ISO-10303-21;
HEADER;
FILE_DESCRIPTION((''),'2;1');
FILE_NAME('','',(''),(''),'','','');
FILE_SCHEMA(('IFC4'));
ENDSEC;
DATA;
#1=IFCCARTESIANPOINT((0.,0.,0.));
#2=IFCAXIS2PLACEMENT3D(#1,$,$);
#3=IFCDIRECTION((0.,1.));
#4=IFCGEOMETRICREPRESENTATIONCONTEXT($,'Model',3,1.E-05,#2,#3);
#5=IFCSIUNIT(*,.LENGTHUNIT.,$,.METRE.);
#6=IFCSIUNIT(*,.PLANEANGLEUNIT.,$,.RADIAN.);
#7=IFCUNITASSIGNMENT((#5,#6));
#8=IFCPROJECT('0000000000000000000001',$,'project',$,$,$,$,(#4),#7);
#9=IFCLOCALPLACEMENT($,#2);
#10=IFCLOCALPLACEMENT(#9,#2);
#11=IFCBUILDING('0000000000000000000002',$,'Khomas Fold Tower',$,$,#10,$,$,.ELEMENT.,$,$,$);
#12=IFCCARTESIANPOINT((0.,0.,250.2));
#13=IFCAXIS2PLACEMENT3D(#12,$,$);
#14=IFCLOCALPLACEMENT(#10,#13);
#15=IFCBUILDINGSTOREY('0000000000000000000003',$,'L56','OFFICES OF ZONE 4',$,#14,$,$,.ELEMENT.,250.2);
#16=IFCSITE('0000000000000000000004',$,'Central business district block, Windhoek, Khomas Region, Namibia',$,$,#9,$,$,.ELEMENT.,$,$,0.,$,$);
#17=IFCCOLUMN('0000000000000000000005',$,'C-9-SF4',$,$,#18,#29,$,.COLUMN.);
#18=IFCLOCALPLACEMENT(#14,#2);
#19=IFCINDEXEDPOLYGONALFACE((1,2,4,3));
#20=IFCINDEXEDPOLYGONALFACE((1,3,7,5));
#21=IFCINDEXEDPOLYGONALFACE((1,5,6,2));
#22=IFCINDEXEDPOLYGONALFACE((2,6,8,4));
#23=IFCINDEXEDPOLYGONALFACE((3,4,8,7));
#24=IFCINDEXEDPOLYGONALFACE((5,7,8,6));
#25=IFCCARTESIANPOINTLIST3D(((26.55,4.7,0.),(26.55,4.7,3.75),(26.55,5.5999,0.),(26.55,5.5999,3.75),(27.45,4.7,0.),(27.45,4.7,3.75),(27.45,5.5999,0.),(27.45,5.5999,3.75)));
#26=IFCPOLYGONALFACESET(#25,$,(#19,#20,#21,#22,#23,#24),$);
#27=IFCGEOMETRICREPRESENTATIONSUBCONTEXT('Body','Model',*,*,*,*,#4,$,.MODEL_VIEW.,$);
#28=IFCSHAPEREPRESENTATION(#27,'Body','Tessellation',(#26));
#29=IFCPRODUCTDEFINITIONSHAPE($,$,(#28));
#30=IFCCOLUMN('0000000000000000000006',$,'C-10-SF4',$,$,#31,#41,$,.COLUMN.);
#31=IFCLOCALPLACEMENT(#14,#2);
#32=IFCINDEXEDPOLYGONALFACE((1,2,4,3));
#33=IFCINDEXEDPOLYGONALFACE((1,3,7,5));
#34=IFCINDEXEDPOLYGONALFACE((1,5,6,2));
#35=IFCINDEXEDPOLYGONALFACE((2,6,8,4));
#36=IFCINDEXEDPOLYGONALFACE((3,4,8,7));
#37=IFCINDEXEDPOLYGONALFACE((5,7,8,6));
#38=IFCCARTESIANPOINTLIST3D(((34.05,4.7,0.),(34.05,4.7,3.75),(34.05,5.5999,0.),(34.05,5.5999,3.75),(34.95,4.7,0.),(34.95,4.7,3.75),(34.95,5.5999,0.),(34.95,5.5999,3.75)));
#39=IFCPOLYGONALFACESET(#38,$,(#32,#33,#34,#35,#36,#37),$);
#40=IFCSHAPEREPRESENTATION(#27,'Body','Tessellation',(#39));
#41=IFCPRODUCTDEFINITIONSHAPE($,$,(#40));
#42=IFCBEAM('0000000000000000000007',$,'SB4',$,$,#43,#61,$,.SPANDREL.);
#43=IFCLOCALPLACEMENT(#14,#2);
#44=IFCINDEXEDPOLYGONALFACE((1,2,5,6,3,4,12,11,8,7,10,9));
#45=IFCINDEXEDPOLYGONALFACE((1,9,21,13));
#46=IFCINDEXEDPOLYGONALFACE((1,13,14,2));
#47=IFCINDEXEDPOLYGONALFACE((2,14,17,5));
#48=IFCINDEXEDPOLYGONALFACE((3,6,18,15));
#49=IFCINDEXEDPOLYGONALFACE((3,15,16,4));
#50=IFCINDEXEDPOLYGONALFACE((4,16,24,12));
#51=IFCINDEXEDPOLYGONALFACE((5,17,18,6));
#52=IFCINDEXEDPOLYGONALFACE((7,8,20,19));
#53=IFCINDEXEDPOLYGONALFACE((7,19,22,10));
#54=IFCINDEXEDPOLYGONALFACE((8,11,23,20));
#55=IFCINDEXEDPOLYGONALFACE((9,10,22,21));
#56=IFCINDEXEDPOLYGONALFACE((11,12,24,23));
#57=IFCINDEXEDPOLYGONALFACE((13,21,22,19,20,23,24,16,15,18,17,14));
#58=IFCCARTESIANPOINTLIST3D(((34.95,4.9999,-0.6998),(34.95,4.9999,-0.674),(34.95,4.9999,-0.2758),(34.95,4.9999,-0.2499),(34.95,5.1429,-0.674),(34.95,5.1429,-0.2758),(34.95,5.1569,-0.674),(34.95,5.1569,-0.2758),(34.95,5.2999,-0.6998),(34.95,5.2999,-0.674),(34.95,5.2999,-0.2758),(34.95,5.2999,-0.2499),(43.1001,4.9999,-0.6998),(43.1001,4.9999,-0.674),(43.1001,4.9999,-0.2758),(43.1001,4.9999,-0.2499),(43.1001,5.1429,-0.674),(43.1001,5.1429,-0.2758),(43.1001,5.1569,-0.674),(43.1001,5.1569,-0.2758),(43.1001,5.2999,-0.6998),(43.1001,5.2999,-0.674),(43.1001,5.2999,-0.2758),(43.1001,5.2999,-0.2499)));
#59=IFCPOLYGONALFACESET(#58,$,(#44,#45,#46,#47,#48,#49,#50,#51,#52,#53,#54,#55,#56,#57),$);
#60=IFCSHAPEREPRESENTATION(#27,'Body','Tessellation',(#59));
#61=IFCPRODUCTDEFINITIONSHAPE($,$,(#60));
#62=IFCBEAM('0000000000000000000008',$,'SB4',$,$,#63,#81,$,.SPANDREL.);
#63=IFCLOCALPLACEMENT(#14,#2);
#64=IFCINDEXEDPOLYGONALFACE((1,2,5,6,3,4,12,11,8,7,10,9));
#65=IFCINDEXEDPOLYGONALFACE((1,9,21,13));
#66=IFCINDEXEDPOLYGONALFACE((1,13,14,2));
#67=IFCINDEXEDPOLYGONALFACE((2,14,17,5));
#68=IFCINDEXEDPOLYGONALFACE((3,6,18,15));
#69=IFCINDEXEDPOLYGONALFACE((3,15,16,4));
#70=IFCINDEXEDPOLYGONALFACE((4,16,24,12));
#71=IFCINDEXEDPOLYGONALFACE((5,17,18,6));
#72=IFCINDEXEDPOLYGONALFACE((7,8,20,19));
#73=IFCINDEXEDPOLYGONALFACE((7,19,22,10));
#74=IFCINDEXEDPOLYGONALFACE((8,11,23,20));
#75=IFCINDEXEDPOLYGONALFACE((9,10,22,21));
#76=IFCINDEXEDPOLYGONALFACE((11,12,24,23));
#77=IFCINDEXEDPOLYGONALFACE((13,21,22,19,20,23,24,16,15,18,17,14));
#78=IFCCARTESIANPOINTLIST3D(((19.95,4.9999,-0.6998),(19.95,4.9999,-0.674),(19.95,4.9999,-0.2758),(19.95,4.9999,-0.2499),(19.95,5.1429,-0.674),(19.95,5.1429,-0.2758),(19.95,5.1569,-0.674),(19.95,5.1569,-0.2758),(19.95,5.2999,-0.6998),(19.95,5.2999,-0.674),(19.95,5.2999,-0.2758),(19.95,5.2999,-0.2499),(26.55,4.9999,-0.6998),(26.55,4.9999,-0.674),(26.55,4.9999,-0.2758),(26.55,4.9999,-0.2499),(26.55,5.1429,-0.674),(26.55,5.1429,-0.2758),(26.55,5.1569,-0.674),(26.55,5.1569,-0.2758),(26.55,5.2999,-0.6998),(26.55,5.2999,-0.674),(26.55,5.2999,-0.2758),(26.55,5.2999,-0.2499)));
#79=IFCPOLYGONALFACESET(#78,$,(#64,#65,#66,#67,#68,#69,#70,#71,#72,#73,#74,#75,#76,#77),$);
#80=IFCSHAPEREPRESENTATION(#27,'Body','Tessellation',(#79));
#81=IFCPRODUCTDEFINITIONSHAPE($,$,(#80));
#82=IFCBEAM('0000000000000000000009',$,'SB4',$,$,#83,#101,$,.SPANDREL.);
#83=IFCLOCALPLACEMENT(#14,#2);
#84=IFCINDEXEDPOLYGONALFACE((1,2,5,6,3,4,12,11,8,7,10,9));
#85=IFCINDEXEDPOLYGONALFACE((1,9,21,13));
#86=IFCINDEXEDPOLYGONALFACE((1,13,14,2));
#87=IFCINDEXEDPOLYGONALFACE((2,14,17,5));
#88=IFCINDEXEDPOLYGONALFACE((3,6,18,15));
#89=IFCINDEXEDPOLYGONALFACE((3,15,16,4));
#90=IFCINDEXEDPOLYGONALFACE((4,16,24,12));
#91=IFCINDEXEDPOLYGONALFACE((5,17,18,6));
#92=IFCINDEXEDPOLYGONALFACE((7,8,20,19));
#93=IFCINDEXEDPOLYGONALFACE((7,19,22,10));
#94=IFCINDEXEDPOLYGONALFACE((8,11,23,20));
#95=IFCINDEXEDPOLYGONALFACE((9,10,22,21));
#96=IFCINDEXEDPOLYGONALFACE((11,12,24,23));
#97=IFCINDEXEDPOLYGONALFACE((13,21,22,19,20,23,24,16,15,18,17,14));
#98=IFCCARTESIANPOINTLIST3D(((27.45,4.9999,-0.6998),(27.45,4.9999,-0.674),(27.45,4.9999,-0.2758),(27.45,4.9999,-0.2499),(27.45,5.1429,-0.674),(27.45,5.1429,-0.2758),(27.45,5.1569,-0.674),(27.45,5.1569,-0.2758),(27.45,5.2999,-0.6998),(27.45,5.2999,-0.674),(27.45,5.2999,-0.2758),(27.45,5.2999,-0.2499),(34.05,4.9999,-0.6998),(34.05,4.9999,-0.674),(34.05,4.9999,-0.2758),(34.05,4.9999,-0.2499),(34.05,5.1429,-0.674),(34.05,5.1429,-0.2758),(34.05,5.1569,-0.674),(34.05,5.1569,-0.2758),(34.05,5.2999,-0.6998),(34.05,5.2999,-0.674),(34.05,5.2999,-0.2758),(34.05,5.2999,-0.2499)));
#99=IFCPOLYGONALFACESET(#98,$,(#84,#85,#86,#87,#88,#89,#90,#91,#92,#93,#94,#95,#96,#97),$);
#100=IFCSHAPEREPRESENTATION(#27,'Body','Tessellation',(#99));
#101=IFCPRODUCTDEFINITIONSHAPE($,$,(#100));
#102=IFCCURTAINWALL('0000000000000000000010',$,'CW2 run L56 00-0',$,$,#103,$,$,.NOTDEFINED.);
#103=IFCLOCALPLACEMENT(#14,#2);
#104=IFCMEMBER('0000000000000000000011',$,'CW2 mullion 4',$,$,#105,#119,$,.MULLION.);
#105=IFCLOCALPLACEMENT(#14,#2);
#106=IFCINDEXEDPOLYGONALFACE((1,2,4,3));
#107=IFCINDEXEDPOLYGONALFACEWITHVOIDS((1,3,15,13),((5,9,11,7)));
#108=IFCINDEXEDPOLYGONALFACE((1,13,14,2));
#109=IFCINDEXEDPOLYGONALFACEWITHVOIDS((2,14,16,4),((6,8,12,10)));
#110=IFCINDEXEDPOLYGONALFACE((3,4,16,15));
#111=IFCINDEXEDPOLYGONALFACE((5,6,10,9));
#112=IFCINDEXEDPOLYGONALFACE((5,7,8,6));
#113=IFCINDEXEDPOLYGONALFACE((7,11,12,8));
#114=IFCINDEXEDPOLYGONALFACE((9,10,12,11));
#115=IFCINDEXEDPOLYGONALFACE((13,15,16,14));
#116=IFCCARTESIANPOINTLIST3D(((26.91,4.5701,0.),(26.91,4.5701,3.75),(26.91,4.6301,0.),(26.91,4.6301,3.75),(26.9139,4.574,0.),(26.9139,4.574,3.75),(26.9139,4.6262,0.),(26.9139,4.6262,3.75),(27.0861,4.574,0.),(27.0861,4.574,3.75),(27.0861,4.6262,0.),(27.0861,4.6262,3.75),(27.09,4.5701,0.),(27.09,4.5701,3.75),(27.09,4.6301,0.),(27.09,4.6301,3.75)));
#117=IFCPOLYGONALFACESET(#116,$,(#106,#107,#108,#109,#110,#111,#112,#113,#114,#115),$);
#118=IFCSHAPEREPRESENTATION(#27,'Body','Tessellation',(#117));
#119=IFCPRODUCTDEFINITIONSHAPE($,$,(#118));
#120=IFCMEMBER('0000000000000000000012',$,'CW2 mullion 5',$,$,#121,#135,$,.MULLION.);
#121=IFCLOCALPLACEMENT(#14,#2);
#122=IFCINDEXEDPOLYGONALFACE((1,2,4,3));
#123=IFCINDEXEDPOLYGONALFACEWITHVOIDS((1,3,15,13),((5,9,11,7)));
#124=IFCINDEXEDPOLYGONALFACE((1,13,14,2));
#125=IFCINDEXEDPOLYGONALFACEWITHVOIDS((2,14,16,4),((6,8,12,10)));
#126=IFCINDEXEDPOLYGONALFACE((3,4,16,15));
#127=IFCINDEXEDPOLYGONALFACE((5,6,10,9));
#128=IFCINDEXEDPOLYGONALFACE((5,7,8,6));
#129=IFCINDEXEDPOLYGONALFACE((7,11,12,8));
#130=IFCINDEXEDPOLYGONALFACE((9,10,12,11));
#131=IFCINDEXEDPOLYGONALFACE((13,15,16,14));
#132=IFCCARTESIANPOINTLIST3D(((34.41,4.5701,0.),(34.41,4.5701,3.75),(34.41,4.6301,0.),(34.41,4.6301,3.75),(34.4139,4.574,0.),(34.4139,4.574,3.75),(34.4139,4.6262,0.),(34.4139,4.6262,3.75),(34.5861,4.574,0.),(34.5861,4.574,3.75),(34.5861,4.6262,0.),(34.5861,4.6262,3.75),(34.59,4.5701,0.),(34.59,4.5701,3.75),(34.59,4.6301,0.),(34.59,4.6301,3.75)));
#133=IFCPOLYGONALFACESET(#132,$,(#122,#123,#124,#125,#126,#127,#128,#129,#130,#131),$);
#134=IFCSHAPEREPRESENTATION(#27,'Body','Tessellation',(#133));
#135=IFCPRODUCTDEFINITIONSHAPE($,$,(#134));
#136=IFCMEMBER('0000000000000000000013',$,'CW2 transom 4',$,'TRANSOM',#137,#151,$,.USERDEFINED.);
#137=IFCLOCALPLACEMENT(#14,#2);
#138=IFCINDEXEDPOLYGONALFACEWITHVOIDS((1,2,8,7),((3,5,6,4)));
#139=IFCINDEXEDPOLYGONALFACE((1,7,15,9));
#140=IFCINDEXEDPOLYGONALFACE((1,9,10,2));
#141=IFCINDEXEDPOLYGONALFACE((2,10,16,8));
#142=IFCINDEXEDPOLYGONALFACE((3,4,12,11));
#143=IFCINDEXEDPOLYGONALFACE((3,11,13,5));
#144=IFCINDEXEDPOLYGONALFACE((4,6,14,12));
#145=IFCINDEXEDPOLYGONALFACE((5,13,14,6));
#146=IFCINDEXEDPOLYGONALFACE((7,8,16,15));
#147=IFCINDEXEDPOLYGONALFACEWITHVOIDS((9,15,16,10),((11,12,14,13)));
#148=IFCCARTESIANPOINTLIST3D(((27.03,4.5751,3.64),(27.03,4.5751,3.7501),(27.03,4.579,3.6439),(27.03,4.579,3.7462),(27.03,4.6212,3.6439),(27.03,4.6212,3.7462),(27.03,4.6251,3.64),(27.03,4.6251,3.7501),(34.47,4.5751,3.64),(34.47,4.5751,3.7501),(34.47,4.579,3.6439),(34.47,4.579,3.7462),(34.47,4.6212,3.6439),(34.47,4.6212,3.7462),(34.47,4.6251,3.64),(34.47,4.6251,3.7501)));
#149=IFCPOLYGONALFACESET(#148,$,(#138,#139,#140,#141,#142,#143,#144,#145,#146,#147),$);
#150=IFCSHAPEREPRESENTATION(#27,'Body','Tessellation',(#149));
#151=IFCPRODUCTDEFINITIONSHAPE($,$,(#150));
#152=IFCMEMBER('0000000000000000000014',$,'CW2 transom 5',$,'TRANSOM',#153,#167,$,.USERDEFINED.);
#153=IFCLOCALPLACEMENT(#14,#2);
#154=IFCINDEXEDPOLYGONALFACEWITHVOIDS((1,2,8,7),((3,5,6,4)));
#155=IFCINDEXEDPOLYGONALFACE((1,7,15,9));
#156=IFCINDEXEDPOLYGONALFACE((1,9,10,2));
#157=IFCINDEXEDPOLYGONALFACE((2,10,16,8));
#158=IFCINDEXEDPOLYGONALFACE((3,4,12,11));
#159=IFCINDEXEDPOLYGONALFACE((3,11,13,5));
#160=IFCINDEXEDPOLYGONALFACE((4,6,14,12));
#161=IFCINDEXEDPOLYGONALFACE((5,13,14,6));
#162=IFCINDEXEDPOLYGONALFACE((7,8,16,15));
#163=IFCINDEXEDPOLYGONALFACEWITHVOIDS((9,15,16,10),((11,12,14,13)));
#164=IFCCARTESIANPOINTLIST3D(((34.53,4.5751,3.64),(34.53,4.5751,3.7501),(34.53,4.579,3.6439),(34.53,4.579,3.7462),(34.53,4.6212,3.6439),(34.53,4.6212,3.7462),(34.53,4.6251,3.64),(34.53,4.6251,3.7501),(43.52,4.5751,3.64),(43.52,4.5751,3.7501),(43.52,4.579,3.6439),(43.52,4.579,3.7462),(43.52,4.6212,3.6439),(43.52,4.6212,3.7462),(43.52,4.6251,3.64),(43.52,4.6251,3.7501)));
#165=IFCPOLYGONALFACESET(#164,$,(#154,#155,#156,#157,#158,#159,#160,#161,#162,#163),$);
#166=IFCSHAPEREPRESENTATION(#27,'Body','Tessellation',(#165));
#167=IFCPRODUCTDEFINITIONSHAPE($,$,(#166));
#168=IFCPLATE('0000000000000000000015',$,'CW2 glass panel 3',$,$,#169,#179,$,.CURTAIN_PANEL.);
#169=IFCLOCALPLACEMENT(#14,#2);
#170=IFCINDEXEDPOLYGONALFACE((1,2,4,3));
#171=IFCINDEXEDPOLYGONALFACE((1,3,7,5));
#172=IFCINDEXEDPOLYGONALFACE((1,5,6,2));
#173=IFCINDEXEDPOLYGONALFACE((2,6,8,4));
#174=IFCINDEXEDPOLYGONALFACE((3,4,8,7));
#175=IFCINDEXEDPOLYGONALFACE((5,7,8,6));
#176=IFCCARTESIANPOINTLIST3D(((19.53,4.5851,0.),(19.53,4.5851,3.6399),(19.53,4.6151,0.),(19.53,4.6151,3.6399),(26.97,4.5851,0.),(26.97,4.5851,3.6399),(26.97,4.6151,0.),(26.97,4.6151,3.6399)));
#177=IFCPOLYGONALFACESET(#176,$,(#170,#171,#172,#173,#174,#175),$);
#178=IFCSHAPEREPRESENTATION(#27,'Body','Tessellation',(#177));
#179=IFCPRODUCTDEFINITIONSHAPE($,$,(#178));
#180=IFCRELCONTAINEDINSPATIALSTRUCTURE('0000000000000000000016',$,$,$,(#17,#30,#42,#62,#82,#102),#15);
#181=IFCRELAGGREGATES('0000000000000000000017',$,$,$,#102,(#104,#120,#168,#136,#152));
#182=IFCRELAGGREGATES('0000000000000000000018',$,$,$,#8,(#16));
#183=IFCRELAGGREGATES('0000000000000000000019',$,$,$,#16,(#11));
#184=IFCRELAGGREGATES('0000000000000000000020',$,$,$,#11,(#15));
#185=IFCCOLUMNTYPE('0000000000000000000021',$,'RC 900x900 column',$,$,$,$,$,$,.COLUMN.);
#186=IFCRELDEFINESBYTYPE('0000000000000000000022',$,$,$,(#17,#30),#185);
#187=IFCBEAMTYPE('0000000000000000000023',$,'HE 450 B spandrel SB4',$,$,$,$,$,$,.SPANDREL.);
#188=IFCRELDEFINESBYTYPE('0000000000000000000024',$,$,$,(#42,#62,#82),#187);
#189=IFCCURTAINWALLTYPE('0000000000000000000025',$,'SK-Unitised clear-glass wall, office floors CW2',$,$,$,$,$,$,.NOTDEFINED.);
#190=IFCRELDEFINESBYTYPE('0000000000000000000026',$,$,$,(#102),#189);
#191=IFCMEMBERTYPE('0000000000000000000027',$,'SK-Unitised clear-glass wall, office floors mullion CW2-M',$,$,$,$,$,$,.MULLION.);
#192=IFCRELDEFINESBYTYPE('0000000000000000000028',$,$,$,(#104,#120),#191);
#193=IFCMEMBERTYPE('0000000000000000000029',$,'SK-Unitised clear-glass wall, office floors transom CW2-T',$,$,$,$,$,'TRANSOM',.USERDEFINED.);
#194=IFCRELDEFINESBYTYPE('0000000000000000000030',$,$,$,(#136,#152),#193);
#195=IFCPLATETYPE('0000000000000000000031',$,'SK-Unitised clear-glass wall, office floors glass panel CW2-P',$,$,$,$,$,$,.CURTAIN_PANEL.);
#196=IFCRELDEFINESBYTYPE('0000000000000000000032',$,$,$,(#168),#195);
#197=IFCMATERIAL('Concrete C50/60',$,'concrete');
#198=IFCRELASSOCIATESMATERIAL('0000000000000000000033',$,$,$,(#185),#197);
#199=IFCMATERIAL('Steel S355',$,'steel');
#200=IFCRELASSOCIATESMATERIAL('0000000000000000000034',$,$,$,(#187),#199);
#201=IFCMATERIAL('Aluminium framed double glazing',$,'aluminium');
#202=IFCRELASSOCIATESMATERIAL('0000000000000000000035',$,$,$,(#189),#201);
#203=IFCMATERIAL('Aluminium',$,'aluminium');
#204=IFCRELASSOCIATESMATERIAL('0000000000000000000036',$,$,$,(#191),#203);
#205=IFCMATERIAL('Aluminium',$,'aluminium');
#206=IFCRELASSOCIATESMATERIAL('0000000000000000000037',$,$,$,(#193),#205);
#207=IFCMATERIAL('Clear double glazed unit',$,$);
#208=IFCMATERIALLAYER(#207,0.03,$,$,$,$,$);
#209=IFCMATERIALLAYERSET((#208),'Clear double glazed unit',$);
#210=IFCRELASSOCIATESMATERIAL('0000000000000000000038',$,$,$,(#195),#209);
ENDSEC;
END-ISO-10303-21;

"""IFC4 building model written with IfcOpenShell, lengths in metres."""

from ifc_helpers import new_model, si_unit, direction, frame, origin, origin_2d, place, context, subcontext, project, spatial, rectangle, hollow_rectangle, i_section, extrude, source, transform, mapped, material, layer, layer_set, material_profile, profile_set, type_object, element, aggregate, save


model = new_model("IFC4")

# Units and contexts
model_context = context("Model", 3, precision=1e-05, world=origin(), true_north=direction((0.0, 1.0)))
body_context = subcontext(model_context, "Body", "Model", "MODEL_VIEW")
ifc_project = project(units=[si_unit("LENGTHUNIT", "METRE"), si_unit("PLANEANGLEUNIT", "RADIAN")], contexts=[model_context])

# Site, building, storey
site_placement = place(None, origin())
site = spatial("IfcSite", under=ifc_project, at=site_placement, Name="Central business district block, Windhoek, Khomas Region, Namibia", CompositionType="ELEMENT", RefElevation=0.0)
building_placement = place(site_placement, origin())
building = spatial("IfcBuilding", under=site, at=building_placement, Name="Khomas Fold Tower", CompositionType="ELEMENT")
storey_placement = place(building_placement, frame((0.0, 0.0, 250.2)))
storey = spatial("IfcBuildingStorey", under=building, at=storey_placement, Name="L56", Description="OFFICES OF ZONE 4", CompositionType="ELEMENT", Elevation=250.2)

# Columns
ifc_material_1 = material(Name="Concrete C50/60", Category="concrete")
ifc_material_profile_1 = material_profile(ifc_material_1, rectangle(XDim=0.8999, YDim=0.8999, at=origin_2d()), Name="RC 900x900")
ifc_profile_set_1 = profile_set([ifc_material_profile_1], Name="Concrete C50/60")
column_type = type_object("IfcColumnType", Name="RC 900x900 column", PredefinedType="COLUMN", material=ifc_profile_set_1)
shared_shape_1 = source(origin(), body_context, "Body", "SweptSolid", [
    extrude(rectangle(XDim=0.8999, YDim=0.8999, at=origin_2d()), origin(), (0.0, 0.0, 1.0), 3.75),
])
for number, where, z_axis, x_axis, name in (
    (1, (27.0, 5.1499, 0.0), (0.0, 0.0, 1.0), (1.0, 0.0, 0.0), "C-9-SF4"),
    (2, (34.5, 5.1499, 0.0), (0.0, 0.0, 1.0), (1.0, 0.0, 0.0), "C-10-SF4"),
):
    element("IfcColumn", number, at=place(storey_placement, frame(where, z_axis=z_axis, x_axis=x_axis)), inside=storey, type_object=column_type, Name=name, PredefinedType="COLUMN", context=body_context, shape_type="MappedRepresentation", body=[
        mapped(shared_shape_1, transform((0.0, 0.0, 0.0))),
    ])

# Beams
ifc_material_2 = material(Name="Steel S355", Category="steel")
ifc_material_profile_2 = material_profile(ifc_material_2, i_section(OverallWidth=0.3, OverallDepth=0.45, WebThickness=0.0139, FlangeThickness=0.0259, at=origin_2d()), Name="HE 450 B")
ifc_profile_set_2 = profile_set([ifc_material_profile_2], Name="Steel S355")
beam_type = type_object("IfcBeamType", Name="HE 450 B spandrel SB4", PredefinedType="SPANDREL", material=ifc_profile_set_2)
shared_shape_2 = source(origin(), body_context, "Body", "SweptSolid", [
    extrude(i_section(OverallWidth=0.3, OverallDepth=0.45, WebThickness=0.0139, FlangeThickness=0.0259, at=origin_2d()), origin(), (0.0, 0.0, 1.0), 8.1501),
])
beam_placement = place(storey_placement, frame((34.95, 5.1499, -0.4749), z_axis=(1.0, 0.0, 0.0), x_axis=(0.0, 1.0, 0.0)))
element("IfcBeam", 3, at=beam_placement, inside=storey, type_object=beam_type, Name="SB4", PredefinedType="SPANDREL", context=body_context, shape_type="MappedRepresentation", body=[
    mapped(shared_shape_2, transform((0.0, 0.0, 0.0))),
])
shared_shape_3 = source(origin(), body_context, "Body", "SweptSolid", [
    extrude(i_section(OverallWidth=0.3, OverallDepth=0.45, WebThickness=0.0139, FlangeThickness=0.0259, at=origin_2d()), origin(), (0.0, 0.0, 1.0), 6.6001),
])
for number, where, z_axis, x_axis, name in (
    (4, (19.95, 5.1499, -0.4749), (1.0, 0.0, 0.0), (0.0, 1.0, 0.0), "SB4"),
    (5, (27.45, 5.1499, -0.4749), (1.0, 0.0, 0.0), (0.0, 1.0, 0.0), "SB4"),
):
    element("IfcBeam", number, at=place(storey_placement, frame(where, z_axis=z_axis, x_axis=x_axis)), inside=storey, type_object=beam_type, Name=name, PredefinedType="SPANDREL", context=body_context, shape_type="MappedRepresentation", body=[
        mapped(shared_shape_3, transform((0.0, 0.0, 0.0))),
    ])

# Curtain wall, members, plate
ifc_material_3 = material(Name="Aluminium framed double glazing", Category="aluminium")
curtain_wall_type = type_object("IfcCurtainWallType", Name="SK-Unitised clear-glass wall, office floors CW2", PredefinedType="NOTDEFINED", material=ifc_material_3)
curtain_wall_placement = place(storey_placement, origin())
curtain_wall = element("IfcCurtainWall", 6, at=curtain_wall_placement, inside=storey, type_object=curtain_wall_type, Name="CW2 run L56 00-0", PredefinedType="NOTDEFINED")
ifc_material_4 = material(Name="Aluminium", Category="aluminium")
ifc_material_profile_3 = material_profile(ifc_material_4, hollow_rectangle(XDim=0.0601, YDim=0.1799, WallThickness=0.0039, at=origin_2d()), Name="SK-Unitised clear-glass wall, office floors mullion CW2-M")
ifc_profile_set_3 = profile_set([ifc_material_profile_3], Name="Aluminium")
member_type_1 = type_object("IfcMemberType", Name="SK-Unitised clear-glass wall, office floors mullion CW2-M", PredefinedType="MULLION", material=ifc_profile_set_3)
shared_shape_4 = source(origin(), body_context, "Body", "SweptSolid", [
    extrude(hollow_rectangle(XDim=0.0601, YDim=0.1799, WallThickness=0.0039, at=origin_2d()), origin(), (0.0, 0.0, 1.0), 3.75),
])
member_1_placement = place(storey_placement, frame((27.0, 4.6001, 0.0), z_axis=(0.0, 0.0, 1.0), x_axis=(0.0, 1.0, 0.0)))
member_1 = element("IfcMember", 7, at=member_1_placement, type_object=member_type_1, Name="CW2 mullion 4", PredefinedType="MULLION", context=body_context, shape_type="MappedRepresentation", body=[
    mapped(shared_shape_4, transform((0.0, 0.0, 0.0))),
])
member_2_placement = place(storey_placement, frame((34.5, 4.6001, 0.0), z_axis=(0.0, 0.0, 1.0), x_axis=(0.0, 1.0, 0.0)))
member_2 = element("IfcMember", 8, at=member_2_placement, type_object=member_type_1, Name="CW2 mullion 5", PredefinedType="MULLION", context=body_context, shape_type="MappedRepresentation", body=[
    mapped(shared_shape_4, transform((0.0, 0.0, 0.0))),
])
ifc_material_5 = material(Name="Aluminium", Category="aluminium")
ifc_material_profile_4 = material_profile(ifc_material_5, hollow_rectangle(XDim=0.05, YDim=0.1101, WallThickness=0.0039, at=origin_2d()), Name="SK-Unitised clear-glass wall, office floors transom CW2-T")
ifc_profile_set_4 = profile_set([ifc_material_profile_4], Name="Aluminium")
member_type_2 = type_object("IfcMemberType", Name="SK-Unitised clear-glass wall, office floors transom CW2-T", ElementType="TRANSOM", PredefinedType="USERDEFINED", material=ifc_profile_set_4)
shared_shape_5 = source(origin(), body_context, "Body", "SweptSolid", [
    extrude(hollow_rectangle(XDim=0.05, YDim=0.1101, WallThickness=0.0039, at=origin_2d()), origin(), (0.0, 0.0, 1.0), 7.4399),
])
member_3_placement = place(storey_placement, frame((27.03, 4.6001, 3.6951), z_axis=(1.0, 0.0, 0.0), x_axis=(0.0, 1.0, 0.0)))
member_3 = element("IfcMember", 9, at=member_3_placement, type_object=member_type_2, Name="CW2 transom 4", ObjectType="TRANSOM", PredefinedType="USERDEFINED", context=body_context, shape_type="MappedRepresentation", body=[
    mapped(shared_shape_5, transform((0.0, 0.0, 0.0))),
])
shared_shape_6 = source(origin(), body_context, "Body", "SweptSolid", [
    extrude(hollow_rectangle(XDim=0.05, YDim=0.1101, WallThickness=0.0039, at=origin_2d()), origin(), (0.0, 0.0, 1.0), 8.99),
])
member_4_placement = place(storey_placement, frame((34.53, 4.6001, 3.6951), z_axis=(1.0, 0.0, 0.0), x_axis=(0.0, 1.0, 0.0)))
member_4 = element("IfcMember", 10, at=member_4_placement, type_object=member_type_2, Name="CW2 transom 5", ObjectType="TRANSOM", PredefinedType="USERDEFINED", context=body_context, shape_type="MappedRepresentation", body=[
    mapped(shared_shape_6, transform((0.0, 0.0, 0.0))),
])
ifc_material_6 = material(Name="Clear double glazed unit")
ifc_layer_1 = layer(ifc_material_6, 0.03)
ifc_layer_set_1 = layer_set([ifc_layer_1], Name="Clear double glazed unit")
plate_type = type_object("IfcPlateType", Name="SK-Unitised clear-glass wall, office floors glass panel CW2-P", PredefinedType="CURTAIN_PANEL", material=ifc_layer_set_1)
shared_shape_7 = source(origin(), body_context, "Body", "SweptSolid", [
    extrude(rectangle(XDim=7.4399, YDim=0.03, at=origin_2d()), origin(), (0.0, 0.0, 1.0), 3.6399),
])
plate_1_placement = place(storey_placement, frame((23.25, 4.6001, 0.0), z_axis=(0.0, 0.0, 1.0), x_axis=(1.0, 0.0, 0.0)))
plate_1 = element("IfcPlate", 11, at=plate_1_placement, type_object=plate_type, Name="CW2 glass panel 3", PredefinedType="CURTAIN_PANEL", context=body_context, shape_type="MappedRepresentation", body=[
    mapped(shared_shape_7, transform((0.0, 0.0, 0.0))),
])
aggregate(curtain_wall, [member_1, member_2, plate_1, member_3, member_4])

save(model, "model.ifc")
